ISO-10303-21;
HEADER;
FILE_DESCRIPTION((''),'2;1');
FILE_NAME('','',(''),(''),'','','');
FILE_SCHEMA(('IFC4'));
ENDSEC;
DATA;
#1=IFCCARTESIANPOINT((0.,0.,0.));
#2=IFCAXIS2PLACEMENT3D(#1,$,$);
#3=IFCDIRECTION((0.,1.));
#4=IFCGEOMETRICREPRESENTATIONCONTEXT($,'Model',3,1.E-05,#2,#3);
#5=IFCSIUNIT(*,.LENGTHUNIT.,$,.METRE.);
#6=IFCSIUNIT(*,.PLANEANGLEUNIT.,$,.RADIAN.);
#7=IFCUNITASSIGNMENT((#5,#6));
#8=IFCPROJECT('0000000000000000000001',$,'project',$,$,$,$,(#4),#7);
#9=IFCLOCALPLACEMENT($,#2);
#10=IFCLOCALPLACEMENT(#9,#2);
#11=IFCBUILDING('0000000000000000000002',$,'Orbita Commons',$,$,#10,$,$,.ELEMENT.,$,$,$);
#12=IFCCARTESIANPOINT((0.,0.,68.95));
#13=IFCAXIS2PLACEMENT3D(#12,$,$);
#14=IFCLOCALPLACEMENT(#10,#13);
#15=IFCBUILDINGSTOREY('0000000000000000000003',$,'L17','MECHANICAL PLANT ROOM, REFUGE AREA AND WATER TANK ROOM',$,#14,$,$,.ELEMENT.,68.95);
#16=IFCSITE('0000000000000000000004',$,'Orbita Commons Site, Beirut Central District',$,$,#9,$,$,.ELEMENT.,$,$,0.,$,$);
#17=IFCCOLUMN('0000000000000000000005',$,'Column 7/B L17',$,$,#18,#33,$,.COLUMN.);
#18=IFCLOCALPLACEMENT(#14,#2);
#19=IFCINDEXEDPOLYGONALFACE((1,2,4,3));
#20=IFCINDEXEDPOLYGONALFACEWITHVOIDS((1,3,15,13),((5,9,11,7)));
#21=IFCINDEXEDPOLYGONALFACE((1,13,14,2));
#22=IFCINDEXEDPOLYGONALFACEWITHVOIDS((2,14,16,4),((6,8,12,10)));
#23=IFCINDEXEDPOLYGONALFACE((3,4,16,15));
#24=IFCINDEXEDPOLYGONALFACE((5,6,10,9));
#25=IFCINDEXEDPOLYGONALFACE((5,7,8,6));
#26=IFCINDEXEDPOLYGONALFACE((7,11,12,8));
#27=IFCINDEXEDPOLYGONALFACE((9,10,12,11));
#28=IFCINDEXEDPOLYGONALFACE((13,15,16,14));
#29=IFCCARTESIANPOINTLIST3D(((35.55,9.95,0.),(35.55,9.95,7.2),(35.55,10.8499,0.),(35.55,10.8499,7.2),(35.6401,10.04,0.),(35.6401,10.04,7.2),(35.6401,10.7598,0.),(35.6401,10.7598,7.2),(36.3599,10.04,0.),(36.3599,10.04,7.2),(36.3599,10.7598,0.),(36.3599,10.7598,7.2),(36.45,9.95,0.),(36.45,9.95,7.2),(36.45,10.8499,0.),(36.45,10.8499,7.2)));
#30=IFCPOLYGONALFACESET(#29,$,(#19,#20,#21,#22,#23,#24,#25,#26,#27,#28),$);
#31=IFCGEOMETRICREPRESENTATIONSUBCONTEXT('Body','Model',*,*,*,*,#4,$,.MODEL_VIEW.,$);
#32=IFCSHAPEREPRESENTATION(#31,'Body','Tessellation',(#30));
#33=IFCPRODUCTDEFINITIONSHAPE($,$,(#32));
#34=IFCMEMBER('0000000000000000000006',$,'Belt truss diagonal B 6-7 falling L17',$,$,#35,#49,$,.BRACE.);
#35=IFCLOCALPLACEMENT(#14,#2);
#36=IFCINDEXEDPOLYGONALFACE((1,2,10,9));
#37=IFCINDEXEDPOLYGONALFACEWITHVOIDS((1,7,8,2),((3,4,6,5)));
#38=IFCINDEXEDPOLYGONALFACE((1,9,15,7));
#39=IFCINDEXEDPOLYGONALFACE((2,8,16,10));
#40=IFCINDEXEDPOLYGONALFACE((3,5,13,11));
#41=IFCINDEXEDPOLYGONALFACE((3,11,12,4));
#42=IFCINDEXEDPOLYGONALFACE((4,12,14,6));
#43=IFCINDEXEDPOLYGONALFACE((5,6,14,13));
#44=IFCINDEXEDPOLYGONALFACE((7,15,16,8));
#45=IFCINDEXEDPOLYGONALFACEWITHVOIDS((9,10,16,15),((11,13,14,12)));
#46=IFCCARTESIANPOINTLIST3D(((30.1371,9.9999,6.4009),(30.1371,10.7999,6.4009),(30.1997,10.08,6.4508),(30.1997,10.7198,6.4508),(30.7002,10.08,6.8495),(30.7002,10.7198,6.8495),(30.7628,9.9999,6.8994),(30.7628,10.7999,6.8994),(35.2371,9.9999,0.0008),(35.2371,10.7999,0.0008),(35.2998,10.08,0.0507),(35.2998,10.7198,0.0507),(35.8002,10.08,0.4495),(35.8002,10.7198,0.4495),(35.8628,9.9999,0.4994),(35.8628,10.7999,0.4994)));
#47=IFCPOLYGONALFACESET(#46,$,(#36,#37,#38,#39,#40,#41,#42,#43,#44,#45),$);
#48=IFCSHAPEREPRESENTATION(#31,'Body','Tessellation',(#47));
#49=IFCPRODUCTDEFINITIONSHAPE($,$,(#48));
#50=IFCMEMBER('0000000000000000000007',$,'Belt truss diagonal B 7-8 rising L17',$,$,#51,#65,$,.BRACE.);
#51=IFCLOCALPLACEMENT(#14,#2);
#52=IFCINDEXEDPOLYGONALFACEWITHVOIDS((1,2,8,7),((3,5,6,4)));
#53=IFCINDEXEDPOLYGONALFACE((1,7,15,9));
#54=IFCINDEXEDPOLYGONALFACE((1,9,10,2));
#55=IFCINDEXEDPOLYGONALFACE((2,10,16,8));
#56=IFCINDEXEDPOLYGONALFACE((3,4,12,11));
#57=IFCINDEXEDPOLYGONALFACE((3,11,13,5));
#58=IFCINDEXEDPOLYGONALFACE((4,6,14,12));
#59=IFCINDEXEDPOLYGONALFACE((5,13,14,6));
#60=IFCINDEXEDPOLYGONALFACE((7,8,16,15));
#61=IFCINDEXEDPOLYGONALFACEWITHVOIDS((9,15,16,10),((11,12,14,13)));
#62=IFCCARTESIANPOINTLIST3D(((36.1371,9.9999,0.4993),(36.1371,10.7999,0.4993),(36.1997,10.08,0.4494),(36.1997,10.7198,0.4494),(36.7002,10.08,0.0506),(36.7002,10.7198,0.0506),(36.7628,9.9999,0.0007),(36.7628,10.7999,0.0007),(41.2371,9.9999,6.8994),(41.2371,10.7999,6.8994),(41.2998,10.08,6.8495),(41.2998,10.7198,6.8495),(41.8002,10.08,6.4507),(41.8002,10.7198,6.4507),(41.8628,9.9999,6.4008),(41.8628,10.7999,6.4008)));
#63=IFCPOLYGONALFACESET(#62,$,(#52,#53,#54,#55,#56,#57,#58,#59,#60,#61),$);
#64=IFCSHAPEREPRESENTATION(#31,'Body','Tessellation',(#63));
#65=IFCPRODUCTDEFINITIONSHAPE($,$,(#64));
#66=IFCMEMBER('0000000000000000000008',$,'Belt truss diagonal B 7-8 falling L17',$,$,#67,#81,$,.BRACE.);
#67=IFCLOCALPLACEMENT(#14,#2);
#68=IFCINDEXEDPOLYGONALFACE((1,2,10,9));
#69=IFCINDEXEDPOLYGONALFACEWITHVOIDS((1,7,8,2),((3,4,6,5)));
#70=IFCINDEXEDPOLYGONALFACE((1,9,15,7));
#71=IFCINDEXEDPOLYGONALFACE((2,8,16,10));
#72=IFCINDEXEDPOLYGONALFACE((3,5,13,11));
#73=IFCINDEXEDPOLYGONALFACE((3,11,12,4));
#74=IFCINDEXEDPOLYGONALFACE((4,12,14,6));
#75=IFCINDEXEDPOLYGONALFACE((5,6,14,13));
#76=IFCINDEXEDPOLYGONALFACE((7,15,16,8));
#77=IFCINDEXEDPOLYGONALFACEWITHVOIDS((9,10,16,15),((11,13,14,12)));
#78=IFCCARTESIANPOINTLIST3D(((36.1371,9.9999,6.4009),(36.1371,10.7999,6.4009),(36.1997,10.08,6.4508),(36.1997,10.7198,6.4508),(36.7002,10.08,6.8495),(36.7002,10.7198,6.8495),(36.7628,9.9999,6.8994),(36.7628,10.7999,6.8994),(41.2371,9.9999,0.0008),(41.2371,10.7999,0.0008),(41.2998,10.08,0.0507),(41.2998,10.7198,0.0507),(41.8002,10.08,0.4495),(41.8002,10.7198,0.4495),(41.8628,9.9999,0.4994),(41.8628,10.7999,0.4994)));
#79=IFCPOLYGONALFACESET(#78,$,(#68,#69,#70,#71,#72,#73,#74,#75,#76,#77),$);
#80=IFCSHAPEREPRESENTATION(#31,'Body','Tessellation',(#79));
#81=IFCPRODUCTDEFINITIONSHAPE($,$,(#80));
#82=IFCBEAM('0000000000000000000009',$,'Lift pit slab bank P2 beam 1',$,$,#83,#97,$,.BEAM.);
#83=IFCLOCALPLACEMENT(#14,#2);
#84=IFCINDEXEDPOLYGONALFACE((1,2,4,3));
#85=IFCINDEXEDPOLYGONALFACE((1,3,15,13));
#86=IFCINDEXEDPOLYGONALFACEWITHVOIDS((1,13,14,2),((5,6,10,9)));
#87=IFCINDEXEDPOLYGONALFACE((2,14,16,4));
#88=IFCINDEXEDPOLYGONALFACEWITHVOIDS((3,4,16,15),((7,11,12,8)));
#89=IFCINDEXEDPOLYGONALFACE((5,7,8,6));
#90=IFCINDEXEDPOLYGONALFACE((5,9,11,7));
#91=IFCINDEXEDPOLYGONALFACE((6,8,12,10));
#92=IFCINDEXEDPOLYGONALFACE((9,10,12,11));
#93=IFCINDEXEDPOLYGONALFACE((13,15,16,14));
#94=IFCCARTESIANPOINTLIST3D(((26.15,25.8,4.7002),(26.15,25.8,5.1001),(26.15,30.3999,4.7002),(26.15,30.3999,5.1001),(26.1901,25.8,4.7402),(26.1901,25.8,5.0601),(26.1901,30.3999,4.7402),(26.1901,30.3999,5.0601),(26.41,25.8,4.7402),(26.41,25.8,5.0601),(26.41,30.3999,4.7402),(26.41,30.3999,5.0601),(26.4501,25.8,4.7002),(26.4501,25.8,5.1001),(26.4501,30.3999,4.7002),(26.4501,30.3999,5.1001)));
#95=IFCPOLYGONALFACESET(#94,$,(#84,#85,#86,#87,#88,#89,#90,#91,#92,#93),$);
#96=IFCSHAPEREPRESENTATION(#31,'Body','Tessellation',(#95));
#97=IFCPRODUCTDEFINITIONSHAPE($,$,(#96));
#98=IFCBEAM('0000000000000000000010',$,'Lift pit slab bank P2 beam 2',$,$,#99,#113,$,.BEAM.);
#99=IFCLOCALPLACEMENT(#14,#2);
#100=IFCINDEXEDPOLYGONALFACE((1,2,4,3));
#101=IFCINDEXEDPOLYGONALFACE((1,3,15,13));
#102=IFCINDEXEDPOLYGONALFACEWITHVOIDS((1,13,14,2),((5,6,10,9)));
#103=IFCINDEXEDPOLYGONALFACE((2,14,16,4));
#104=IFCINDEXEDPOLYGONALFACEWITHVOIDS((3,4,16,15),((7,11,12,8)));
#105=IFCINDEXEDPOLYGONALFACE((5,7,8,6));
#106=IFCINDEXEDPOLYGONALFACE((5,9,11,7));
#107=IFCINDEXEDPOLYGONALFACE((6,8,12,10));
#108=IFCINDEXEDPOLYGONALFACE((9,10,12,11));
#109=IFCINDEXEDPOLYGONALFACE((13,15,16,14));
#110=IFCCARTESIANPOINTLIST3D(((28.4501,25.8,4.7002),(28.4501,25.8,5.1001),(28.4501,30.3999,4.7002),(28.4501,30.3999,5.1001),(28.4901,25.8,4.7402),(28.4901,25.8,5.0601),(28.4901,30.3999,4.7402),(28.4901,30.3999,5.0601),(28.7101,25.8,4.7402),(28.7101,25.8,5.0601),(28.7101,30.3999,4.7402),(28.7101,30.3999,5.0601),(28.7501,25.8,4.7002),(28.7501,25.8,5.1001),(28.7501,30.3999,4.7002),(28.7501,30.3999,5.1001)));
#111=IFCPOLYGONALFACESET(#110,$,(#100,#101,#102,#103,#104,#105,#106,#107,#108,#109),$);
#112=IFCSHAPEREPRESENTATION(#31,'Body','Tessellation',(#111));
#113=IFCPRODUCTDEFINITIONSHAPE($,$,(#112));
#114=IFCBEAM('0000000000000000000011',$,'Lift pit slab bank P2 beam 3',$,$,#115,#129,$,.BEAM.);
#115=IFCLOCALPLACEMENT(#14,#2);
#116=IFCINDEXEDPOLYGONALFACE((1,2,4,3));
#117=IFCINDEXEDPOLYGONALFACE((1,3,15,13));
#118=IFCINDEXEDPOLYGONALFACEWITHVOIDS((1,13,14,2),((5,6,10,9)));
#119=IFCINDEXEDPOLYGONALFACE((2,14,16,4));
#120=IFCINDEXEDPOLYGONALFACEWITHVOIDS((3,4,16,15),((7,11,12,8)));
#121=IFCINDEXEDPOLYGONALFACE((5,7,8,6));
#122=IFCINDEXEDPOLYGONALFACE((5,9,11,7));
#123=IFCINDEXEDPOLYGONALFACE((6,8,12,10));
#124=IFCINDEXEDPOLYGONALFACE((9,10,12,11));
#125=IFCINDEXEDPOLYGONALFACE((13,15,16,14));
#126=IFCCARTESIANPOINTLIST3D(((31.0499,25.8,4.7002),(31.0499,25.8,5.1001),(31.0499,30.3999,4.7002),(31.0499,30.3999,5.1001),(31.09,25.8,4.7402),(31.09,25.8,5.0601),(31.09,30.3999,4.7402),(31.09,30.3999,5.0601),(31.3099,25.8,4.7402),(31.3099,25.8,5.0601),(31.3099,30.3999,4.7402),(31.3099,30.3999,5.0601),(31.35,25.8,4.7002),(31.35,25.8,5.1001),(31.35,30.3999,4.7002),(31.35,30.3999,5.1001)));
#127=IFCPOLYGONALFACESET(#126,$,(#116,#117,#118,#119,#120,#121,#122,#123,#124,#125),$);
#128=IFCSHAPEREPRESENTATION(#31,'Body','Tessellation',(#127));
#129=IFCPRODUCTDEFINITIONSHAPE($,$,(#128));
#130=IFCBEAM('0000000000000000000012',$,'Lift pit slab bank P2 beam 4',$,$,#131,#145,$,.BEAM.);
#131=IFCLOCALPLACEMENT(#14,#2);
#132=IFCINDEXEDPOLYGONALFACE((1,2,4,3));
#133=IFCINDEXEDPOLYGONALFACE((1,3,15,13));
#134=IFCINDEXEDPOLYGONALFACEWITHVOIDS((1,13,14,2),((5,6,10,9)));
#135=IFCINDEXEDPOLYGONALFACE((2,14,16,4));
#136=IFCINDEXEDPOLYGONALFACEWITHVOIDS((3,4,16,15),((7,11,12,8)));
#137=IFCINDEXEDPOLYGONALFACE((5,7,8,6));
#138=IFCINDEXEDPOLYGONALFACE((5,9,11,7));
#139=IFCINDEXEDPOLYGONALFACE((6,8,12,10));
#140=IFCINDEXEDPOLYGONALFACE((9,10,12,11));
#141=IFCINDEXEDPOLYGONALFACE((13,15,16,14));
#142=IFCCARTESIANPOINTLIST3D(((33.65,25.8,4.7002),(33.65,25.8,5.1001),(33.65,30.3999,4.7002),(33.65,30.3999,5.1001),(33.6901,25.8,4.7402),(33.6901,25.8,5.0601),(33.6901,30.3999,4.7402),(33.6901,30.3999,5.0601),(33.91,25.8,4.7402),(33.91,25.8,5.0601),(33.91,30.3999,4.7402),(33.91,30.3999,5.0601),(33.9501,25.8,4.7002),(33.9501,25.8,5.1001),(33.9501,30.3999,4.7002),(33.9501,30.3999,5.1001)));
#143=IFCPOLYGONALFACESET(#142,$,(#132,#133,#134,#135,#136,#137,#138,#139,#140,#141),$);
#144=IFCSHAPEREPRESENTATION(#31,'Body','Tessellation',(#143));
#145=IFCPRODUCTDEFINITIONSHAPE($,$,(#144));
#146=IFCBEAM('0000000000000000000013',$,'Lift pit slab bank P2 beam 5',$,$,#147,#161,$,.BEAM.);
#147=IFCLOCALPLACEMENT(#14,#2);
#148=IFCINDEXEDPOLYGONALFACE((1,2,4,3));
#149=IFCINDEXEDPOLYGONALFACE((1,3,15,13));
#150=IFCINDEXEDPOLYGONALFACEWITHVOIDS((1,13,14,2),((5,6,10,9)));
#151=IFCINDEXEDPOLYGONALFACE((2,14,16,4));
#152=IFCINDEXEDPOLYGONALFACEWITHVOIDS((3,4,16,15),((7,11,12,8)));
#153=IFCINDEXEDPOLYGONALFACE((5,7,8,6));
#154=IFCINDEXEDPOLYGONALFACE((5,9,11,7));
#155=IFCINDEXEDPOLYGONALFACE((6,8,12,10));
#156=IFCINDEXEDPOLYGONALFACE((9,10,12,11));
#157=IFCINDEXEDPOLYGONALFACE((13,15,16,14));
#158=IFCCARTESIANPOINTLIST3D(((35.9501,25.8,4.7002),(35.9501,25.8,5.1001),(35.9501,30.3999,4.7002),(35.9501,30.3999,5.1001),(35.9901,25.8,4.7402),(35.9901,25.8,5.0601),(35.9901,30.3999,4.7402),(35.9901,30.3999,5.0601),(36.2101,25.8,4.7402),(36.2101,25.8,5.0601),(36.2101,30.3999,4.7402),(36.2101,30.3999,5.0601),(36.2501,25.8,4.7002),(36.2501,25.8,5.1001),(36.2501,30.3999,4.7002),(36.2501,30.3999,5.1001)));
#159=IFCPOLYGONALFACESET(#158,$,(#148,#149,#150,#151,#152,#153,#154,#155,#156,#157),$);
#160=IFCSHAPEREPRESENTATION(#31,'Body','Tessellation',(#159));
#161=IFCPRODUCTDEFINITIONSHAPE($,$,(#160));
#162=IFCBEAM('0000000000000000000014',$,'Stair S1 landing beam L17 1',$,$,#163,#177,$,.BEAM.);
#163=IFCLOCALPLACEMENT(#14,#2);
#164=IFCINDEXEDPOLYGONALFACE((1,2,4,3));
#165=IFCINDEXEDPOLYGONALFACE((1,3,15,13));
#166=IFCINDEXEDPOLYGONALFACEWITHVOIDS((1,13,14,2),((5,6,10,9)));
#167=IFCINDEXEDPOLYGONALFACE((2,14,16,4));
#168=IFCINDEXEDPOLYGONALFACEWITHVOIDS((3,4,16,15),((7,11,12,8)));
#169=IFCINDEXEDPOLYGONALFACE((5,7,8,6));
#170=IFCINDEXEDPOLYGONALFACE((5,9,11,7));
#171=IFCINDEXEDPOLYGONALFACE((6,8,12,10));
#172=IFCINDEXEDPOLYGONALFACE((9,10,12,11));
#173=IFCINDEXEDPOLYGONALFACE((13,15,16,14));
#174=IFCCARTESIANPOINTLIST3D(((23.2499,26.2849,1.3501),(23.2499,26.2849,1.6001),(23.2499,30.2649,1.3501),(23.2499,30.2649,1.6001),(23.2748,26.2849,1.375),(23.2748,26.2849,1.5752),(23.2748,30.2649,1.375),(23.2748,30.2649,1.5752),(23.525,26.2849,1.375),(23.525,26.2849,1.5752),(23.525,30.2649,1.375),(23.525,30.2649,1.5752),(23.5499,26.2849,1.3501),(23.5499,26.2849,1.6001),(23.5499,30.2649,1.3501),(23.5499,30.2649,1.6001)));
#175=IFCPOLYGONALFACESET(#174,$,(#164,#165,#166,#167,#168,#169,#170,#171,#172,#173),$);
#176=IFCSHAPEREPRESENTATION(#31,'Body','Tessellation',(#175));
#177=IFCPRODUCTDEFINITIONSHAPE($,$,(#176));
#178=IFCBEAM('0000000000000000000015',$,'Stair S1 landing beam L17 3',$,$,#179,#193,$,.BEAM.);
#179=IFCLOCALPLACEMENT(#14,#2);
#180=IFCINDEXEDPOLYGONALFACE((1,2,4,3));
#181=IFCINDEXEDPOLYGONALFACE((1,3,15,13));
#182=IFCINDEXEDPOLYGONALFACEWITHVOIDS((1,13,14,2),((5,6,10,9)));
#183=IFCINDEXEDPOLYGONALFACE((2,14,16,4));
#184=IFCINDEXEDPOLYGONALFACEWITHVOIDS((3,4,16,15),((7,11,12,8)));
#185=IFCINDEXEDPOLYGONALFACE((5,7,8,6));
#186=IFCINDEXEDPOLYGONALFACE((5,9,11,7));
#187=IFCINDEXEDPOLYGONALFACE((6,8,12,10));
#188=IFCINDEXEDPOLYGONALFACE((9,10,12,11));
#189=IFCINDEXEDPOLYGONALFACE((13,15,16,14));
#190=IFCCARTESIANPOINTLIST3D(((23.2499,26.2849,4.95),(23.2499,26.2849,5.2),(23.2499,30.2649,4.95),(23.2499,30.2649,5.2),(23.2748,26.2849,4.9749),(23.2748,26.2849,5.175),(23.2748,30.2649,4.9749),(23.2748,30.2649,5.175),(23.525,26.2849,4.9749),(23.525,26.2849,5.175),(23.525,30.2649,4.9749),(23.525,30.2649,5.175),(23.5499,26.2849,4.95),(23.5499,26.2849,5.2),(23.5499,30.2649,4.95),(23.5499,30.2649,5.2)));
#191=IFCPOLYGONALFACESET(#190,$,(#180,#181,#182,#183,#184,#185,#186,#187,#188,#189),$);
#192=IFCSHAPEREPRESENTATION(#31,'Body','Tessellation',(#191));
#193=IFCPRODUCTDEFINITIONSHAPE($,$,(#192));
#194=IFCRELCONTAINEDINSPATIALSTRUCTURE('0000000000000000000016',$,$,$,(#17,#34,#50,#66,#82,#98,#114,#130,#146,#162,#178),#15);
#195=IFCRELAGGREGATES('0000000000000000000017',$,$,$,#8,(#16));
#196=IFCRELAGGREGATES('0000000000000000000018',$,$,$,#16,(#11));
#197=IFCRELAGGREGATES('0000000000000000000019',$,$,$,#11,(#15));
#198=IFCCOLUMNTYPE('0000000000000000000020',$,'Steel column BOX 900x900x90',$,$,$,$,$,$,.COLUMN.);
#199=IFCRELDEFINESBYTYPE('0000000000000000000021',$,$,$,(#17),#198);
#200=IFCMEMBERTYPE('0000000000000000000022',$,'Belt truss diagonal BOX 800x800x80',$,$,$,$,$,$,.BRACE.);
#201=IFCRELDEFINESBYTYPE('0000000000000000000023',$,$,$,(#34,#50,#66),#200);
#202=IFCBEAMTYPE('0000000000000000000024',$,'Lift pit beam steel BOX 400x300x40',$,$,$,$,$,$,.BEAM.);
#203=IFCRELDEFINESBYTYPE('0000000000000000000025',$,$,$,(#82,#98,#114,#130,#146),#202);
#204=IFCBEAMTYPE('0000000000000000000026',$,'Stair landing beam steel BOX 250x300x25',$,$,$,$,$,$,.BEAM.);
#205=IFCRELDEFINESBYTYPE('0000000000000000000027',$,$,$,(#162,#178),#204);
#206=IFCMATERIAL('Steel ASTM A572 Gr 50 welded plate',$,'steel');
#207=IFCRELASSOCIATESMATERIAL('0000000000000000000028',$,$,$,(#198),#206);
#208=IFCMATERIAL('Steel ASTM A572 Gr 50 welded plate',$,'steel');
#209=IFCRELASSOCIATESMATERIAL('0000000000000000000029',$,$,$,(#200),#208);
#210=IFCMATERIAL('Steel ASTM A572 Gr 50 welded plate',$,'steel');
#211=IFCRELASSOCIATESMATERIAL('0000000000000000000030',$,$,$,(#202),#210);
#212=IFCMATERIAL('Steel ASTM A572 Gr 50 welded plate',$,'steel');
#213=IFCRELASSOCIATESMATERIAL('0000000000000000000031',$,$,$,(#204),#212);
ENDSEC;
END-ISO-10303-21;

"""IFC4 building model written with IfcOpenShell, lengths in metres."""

from ifc_helpers import new_model, si_unit, direction, frame, origin, origin_2d, place, context, subcontext, project, spatial, hollow_rectangle, extrude, material, material_profile, profile_set, type_object, element, save


model = new_model("IFC4")

# Units and contexts
model_context = context("Model", 3, precision=1e-05, world=origin(), true_north=direction((0.0, 1.0)))
body_context = subcontext(model_context, "Body", "Model", "MODEL_VIEW")
ifc_project = project(units=[si_unit("LENGTHUNIT", "METRE"), si_unit("PLANEANGLEUNIT", "RADIAN")], contexts=[model_context])

# Site, building, storey
site_placement = place(None, origin())
site = spatial("IfcSite", under=ifc_project, at=site_placement, Name="Orbita Commons Site, Beirut Central District", CompositionType="ELEMENT", RefElevation=0.0)
building_placement = place(site_placement, origin())
building = spatial("IfcBuilding", under=site, at=building_placement, Name="Orbita Commons", CompositionType="ELEMENT")
storey_placement = place(building_placement, frame((0.0, 0.0, 68.95)))
storey = spatial("IfcBuildingStorey", under=building, at=storey_placement, Name="L17", Description="MECHANICAL PLANT ROOM, REFUGE AREA AND WATER TANK ROOM", CompositionType="ELEMENT", Elevation=68.95)

# Column
ifc_material_1 = material(Name="Steel ASTM A572 Gr 50 welded plate", Category="steel")
ifc_material_profile_1 = material_profile(ifc_material_1, hollow_rectangle(XDim=0.8999, YDim=0.8999, WallThickness=0.0901, at=origin_2d()), Name="BOX 900x900x90")
ifc_profile_set_1 = profile_set([ifc_material_profile_1], Name="Steel ASTM A572 Gr 50 welded plate")
column_type = type_object("IfcColumnType", Name="Steel column BOX 900x900x90", PredefinedType="COLUMN", material=ifc_profile_set_1)
column_placement = place(storey_placement, frame((36.0, 10.3999, 0.0), z_axis=(0.0, 0.0, 1.0), x_axis=(1.0, 0.0, 0.0)))
element("IfcColumn", 1, at=column_placement, inside=storey, type_object=column_type, Name="Column 7/B L17", PredefinedType="COLUMN", context=body_context, shape_type="SweptSolid", body=[
    extrude(hollow_rectangle(XDim=0.8999, YDim=0.8999, WallThickness=0.0901, at=origin_2d()), origin(), (0.0, 0.0, 1.0), 7.2),
])

# Members
ifc_material_2 = material(Name="Steel ASTM A572 Gr 50 welded plate", Category="steel")
ifc_material_profile_2 = material_profile(ifc_material_2, hollow_rectangle(XDim=0.8, YDim=0.8, WallThickness=0.0801, at=origin_2d()), Name="BOX 800x800x80")
ifc_profile_set_2 = profile_set([ifc_material_profile_2], Name="Steel ASTM A572 Gr 50 welded plate")
member_type = type_object("IfcMemberType", Name="Belt truss diagonal BOX 800x800x80", PredefinedType="BRACE", material=ifc_profile_set_2)
for number, where, z_axis, x_axis, name in (
    (2, (30.45, 10.3999, 6.6501), (0.623202, 0.0, -0.782061), (0.0, 1.0, 0.0), "Belt truss diagonal B 6-7 falling L17"),
    (3, (36.45, 10.3999, 0.25), (0.623202, 0.0, 0.782061), (0.0, 1.0, 0.0), "Belt truss diagonal B 7-8 rising L17"),
    (4, (36.45, 10.3999, 6.6501), (0.623202, 0.0, -0.782061), (0.0, 1.0, 0.0), "Belt truss diagonal B 7-8 falling L17"),
):
    element("IfcMember", number, at=place(storey_placement, frame(where, z_axis=z_axis, x_axis=x_axis)), inside=storey, type_object=member_type, Name=name, PredefinedType="BRACE", context=body_context, shape_type="SweptSolid", body=[
        extrude(hollow_rectangle(XDim=0.8, YDim=0.8, WallThickness=0.0801, at=origin_2d()), origin(), (0.0, 0.0, 1.0), 8.1836),
    ])

# Beams
ifc_material_3 = material(Name="Steel ASTM A572 Gr 50 welded plate", Category="steel")
ifc_material_profile_3 = material_profile(ifc_material_3, hollow_rectangle(XDim=0.3, YDim=0.3999, WallThickness=0.04, at=origin_2d()), Name="BOX 400x300x40")
ifc_profile_set_3 = profile_set([ifc_material_profile_3], Name="Steel ASTM A572 Gr 50 welded plate")
beam_type_1 = type_object("IfcBeamType", Name="Lift pit beam steel BOX 400x300x40", PredefinedType="BEAM", material=ifc_profile_set_3)
for number, where, z_axis, x_axis, name in (
    (5, (26.3, 25.8, 4.9001), (0.0, 1.0, 0.0), (-1.0, 0.0, 0.0), "Lift pit slab bank P2 beam 1"),
    (6, (28.6001, 25.8, 4.9001), (0.0, 1.0, 0.0), (-1.0, 0.0, 0.0), "Lift pit slab bank P2 beam 2"),
    (7, (31.2, 25.8, 4.9001), (0.0, 1.0, 0.0), (-1.0, 0.0, 0.0), "Lift pit slab bank P2 beam 3"),
    (8, (33.8, 25.8, 4.9001), (0.0, 1.0, 0.0), (-1.0, 0.0, 0.0), "Lift pit slab bank P2 beam 4"),
    (9, (36.1001, 25.8, 4.9001), (0.0, 1.0, 0.0), (-1.0, 0.0, 0.0), "Lift pit slab bank P2 beam 5"),
):
    element("IfcBeam", number, at=place(storey_placement, frame(where, z_axis=z_axis, x_axis=x_axis)), inside=storey, type_object=beam_type_1, Name=name, PredefinedType="BEAM", context=body_context, shape_type="SweptSolid", body=[
        extrude(hollow_rectangle(XDim=0.3, YDim=0.3999, WallThickness=0.04, at=origin_2d()), origin(), (0.0, 0.0, 1.0), 4.5999),
    ])
ifc_material_4 = material(Name="Steel ASTM A572 Gr 50 welded plate", Category="steel")
ifc_material_profile_4 = material_profile(ifc_material_4, hollow_rectangle(XDim=0.3, YDim=0.25, WallThickness=0.0249, at=origin_2d()), Name="BOX 250x300x25")
ifc_profile_set_4 = profile_set([ifc_material_profile_4], Name="Steel ASTM A572 Gr 50 welded plate")
beam_type_2 = type_object("IfcBeamType", Name="Stair landing beam steel BOX 250x300x25", PredefinedType="BEAM", material=ifc_profile_set_4)
for number, where, z_axis, x_axis, name in (
    (10, (23.3999, 26.2849, 1.4751), (0.0, 1.0, 0.0), (-1.0, 0.0, 0.0), "Stair S1 landing beam L17 1"),
    (11, (23.3999, 26.2849, 5.075), (0.0, 1.0, 0.0), (-1.0, 0.0, 0.0), "Stair S1 landing beam L17 3"),
):
    element("IfcBeam", number, at=place(storey_placement, frame(where, z_axis=z_axis, x_axis=x_axis)), inside=storey, type_object=beam_type_2, Name=name, PredefinedType="BEAM", context=body_context, shape_type="SweptSolid", body=[
        extrude(hollow_rectangle(XDim=0.3, YDim=0.25, WallThickness=0.0249, at=origin_2d()), origin(), (0.0, 0.0, 1.0), 3.98),
    ])

save(model, "model.ifc")
